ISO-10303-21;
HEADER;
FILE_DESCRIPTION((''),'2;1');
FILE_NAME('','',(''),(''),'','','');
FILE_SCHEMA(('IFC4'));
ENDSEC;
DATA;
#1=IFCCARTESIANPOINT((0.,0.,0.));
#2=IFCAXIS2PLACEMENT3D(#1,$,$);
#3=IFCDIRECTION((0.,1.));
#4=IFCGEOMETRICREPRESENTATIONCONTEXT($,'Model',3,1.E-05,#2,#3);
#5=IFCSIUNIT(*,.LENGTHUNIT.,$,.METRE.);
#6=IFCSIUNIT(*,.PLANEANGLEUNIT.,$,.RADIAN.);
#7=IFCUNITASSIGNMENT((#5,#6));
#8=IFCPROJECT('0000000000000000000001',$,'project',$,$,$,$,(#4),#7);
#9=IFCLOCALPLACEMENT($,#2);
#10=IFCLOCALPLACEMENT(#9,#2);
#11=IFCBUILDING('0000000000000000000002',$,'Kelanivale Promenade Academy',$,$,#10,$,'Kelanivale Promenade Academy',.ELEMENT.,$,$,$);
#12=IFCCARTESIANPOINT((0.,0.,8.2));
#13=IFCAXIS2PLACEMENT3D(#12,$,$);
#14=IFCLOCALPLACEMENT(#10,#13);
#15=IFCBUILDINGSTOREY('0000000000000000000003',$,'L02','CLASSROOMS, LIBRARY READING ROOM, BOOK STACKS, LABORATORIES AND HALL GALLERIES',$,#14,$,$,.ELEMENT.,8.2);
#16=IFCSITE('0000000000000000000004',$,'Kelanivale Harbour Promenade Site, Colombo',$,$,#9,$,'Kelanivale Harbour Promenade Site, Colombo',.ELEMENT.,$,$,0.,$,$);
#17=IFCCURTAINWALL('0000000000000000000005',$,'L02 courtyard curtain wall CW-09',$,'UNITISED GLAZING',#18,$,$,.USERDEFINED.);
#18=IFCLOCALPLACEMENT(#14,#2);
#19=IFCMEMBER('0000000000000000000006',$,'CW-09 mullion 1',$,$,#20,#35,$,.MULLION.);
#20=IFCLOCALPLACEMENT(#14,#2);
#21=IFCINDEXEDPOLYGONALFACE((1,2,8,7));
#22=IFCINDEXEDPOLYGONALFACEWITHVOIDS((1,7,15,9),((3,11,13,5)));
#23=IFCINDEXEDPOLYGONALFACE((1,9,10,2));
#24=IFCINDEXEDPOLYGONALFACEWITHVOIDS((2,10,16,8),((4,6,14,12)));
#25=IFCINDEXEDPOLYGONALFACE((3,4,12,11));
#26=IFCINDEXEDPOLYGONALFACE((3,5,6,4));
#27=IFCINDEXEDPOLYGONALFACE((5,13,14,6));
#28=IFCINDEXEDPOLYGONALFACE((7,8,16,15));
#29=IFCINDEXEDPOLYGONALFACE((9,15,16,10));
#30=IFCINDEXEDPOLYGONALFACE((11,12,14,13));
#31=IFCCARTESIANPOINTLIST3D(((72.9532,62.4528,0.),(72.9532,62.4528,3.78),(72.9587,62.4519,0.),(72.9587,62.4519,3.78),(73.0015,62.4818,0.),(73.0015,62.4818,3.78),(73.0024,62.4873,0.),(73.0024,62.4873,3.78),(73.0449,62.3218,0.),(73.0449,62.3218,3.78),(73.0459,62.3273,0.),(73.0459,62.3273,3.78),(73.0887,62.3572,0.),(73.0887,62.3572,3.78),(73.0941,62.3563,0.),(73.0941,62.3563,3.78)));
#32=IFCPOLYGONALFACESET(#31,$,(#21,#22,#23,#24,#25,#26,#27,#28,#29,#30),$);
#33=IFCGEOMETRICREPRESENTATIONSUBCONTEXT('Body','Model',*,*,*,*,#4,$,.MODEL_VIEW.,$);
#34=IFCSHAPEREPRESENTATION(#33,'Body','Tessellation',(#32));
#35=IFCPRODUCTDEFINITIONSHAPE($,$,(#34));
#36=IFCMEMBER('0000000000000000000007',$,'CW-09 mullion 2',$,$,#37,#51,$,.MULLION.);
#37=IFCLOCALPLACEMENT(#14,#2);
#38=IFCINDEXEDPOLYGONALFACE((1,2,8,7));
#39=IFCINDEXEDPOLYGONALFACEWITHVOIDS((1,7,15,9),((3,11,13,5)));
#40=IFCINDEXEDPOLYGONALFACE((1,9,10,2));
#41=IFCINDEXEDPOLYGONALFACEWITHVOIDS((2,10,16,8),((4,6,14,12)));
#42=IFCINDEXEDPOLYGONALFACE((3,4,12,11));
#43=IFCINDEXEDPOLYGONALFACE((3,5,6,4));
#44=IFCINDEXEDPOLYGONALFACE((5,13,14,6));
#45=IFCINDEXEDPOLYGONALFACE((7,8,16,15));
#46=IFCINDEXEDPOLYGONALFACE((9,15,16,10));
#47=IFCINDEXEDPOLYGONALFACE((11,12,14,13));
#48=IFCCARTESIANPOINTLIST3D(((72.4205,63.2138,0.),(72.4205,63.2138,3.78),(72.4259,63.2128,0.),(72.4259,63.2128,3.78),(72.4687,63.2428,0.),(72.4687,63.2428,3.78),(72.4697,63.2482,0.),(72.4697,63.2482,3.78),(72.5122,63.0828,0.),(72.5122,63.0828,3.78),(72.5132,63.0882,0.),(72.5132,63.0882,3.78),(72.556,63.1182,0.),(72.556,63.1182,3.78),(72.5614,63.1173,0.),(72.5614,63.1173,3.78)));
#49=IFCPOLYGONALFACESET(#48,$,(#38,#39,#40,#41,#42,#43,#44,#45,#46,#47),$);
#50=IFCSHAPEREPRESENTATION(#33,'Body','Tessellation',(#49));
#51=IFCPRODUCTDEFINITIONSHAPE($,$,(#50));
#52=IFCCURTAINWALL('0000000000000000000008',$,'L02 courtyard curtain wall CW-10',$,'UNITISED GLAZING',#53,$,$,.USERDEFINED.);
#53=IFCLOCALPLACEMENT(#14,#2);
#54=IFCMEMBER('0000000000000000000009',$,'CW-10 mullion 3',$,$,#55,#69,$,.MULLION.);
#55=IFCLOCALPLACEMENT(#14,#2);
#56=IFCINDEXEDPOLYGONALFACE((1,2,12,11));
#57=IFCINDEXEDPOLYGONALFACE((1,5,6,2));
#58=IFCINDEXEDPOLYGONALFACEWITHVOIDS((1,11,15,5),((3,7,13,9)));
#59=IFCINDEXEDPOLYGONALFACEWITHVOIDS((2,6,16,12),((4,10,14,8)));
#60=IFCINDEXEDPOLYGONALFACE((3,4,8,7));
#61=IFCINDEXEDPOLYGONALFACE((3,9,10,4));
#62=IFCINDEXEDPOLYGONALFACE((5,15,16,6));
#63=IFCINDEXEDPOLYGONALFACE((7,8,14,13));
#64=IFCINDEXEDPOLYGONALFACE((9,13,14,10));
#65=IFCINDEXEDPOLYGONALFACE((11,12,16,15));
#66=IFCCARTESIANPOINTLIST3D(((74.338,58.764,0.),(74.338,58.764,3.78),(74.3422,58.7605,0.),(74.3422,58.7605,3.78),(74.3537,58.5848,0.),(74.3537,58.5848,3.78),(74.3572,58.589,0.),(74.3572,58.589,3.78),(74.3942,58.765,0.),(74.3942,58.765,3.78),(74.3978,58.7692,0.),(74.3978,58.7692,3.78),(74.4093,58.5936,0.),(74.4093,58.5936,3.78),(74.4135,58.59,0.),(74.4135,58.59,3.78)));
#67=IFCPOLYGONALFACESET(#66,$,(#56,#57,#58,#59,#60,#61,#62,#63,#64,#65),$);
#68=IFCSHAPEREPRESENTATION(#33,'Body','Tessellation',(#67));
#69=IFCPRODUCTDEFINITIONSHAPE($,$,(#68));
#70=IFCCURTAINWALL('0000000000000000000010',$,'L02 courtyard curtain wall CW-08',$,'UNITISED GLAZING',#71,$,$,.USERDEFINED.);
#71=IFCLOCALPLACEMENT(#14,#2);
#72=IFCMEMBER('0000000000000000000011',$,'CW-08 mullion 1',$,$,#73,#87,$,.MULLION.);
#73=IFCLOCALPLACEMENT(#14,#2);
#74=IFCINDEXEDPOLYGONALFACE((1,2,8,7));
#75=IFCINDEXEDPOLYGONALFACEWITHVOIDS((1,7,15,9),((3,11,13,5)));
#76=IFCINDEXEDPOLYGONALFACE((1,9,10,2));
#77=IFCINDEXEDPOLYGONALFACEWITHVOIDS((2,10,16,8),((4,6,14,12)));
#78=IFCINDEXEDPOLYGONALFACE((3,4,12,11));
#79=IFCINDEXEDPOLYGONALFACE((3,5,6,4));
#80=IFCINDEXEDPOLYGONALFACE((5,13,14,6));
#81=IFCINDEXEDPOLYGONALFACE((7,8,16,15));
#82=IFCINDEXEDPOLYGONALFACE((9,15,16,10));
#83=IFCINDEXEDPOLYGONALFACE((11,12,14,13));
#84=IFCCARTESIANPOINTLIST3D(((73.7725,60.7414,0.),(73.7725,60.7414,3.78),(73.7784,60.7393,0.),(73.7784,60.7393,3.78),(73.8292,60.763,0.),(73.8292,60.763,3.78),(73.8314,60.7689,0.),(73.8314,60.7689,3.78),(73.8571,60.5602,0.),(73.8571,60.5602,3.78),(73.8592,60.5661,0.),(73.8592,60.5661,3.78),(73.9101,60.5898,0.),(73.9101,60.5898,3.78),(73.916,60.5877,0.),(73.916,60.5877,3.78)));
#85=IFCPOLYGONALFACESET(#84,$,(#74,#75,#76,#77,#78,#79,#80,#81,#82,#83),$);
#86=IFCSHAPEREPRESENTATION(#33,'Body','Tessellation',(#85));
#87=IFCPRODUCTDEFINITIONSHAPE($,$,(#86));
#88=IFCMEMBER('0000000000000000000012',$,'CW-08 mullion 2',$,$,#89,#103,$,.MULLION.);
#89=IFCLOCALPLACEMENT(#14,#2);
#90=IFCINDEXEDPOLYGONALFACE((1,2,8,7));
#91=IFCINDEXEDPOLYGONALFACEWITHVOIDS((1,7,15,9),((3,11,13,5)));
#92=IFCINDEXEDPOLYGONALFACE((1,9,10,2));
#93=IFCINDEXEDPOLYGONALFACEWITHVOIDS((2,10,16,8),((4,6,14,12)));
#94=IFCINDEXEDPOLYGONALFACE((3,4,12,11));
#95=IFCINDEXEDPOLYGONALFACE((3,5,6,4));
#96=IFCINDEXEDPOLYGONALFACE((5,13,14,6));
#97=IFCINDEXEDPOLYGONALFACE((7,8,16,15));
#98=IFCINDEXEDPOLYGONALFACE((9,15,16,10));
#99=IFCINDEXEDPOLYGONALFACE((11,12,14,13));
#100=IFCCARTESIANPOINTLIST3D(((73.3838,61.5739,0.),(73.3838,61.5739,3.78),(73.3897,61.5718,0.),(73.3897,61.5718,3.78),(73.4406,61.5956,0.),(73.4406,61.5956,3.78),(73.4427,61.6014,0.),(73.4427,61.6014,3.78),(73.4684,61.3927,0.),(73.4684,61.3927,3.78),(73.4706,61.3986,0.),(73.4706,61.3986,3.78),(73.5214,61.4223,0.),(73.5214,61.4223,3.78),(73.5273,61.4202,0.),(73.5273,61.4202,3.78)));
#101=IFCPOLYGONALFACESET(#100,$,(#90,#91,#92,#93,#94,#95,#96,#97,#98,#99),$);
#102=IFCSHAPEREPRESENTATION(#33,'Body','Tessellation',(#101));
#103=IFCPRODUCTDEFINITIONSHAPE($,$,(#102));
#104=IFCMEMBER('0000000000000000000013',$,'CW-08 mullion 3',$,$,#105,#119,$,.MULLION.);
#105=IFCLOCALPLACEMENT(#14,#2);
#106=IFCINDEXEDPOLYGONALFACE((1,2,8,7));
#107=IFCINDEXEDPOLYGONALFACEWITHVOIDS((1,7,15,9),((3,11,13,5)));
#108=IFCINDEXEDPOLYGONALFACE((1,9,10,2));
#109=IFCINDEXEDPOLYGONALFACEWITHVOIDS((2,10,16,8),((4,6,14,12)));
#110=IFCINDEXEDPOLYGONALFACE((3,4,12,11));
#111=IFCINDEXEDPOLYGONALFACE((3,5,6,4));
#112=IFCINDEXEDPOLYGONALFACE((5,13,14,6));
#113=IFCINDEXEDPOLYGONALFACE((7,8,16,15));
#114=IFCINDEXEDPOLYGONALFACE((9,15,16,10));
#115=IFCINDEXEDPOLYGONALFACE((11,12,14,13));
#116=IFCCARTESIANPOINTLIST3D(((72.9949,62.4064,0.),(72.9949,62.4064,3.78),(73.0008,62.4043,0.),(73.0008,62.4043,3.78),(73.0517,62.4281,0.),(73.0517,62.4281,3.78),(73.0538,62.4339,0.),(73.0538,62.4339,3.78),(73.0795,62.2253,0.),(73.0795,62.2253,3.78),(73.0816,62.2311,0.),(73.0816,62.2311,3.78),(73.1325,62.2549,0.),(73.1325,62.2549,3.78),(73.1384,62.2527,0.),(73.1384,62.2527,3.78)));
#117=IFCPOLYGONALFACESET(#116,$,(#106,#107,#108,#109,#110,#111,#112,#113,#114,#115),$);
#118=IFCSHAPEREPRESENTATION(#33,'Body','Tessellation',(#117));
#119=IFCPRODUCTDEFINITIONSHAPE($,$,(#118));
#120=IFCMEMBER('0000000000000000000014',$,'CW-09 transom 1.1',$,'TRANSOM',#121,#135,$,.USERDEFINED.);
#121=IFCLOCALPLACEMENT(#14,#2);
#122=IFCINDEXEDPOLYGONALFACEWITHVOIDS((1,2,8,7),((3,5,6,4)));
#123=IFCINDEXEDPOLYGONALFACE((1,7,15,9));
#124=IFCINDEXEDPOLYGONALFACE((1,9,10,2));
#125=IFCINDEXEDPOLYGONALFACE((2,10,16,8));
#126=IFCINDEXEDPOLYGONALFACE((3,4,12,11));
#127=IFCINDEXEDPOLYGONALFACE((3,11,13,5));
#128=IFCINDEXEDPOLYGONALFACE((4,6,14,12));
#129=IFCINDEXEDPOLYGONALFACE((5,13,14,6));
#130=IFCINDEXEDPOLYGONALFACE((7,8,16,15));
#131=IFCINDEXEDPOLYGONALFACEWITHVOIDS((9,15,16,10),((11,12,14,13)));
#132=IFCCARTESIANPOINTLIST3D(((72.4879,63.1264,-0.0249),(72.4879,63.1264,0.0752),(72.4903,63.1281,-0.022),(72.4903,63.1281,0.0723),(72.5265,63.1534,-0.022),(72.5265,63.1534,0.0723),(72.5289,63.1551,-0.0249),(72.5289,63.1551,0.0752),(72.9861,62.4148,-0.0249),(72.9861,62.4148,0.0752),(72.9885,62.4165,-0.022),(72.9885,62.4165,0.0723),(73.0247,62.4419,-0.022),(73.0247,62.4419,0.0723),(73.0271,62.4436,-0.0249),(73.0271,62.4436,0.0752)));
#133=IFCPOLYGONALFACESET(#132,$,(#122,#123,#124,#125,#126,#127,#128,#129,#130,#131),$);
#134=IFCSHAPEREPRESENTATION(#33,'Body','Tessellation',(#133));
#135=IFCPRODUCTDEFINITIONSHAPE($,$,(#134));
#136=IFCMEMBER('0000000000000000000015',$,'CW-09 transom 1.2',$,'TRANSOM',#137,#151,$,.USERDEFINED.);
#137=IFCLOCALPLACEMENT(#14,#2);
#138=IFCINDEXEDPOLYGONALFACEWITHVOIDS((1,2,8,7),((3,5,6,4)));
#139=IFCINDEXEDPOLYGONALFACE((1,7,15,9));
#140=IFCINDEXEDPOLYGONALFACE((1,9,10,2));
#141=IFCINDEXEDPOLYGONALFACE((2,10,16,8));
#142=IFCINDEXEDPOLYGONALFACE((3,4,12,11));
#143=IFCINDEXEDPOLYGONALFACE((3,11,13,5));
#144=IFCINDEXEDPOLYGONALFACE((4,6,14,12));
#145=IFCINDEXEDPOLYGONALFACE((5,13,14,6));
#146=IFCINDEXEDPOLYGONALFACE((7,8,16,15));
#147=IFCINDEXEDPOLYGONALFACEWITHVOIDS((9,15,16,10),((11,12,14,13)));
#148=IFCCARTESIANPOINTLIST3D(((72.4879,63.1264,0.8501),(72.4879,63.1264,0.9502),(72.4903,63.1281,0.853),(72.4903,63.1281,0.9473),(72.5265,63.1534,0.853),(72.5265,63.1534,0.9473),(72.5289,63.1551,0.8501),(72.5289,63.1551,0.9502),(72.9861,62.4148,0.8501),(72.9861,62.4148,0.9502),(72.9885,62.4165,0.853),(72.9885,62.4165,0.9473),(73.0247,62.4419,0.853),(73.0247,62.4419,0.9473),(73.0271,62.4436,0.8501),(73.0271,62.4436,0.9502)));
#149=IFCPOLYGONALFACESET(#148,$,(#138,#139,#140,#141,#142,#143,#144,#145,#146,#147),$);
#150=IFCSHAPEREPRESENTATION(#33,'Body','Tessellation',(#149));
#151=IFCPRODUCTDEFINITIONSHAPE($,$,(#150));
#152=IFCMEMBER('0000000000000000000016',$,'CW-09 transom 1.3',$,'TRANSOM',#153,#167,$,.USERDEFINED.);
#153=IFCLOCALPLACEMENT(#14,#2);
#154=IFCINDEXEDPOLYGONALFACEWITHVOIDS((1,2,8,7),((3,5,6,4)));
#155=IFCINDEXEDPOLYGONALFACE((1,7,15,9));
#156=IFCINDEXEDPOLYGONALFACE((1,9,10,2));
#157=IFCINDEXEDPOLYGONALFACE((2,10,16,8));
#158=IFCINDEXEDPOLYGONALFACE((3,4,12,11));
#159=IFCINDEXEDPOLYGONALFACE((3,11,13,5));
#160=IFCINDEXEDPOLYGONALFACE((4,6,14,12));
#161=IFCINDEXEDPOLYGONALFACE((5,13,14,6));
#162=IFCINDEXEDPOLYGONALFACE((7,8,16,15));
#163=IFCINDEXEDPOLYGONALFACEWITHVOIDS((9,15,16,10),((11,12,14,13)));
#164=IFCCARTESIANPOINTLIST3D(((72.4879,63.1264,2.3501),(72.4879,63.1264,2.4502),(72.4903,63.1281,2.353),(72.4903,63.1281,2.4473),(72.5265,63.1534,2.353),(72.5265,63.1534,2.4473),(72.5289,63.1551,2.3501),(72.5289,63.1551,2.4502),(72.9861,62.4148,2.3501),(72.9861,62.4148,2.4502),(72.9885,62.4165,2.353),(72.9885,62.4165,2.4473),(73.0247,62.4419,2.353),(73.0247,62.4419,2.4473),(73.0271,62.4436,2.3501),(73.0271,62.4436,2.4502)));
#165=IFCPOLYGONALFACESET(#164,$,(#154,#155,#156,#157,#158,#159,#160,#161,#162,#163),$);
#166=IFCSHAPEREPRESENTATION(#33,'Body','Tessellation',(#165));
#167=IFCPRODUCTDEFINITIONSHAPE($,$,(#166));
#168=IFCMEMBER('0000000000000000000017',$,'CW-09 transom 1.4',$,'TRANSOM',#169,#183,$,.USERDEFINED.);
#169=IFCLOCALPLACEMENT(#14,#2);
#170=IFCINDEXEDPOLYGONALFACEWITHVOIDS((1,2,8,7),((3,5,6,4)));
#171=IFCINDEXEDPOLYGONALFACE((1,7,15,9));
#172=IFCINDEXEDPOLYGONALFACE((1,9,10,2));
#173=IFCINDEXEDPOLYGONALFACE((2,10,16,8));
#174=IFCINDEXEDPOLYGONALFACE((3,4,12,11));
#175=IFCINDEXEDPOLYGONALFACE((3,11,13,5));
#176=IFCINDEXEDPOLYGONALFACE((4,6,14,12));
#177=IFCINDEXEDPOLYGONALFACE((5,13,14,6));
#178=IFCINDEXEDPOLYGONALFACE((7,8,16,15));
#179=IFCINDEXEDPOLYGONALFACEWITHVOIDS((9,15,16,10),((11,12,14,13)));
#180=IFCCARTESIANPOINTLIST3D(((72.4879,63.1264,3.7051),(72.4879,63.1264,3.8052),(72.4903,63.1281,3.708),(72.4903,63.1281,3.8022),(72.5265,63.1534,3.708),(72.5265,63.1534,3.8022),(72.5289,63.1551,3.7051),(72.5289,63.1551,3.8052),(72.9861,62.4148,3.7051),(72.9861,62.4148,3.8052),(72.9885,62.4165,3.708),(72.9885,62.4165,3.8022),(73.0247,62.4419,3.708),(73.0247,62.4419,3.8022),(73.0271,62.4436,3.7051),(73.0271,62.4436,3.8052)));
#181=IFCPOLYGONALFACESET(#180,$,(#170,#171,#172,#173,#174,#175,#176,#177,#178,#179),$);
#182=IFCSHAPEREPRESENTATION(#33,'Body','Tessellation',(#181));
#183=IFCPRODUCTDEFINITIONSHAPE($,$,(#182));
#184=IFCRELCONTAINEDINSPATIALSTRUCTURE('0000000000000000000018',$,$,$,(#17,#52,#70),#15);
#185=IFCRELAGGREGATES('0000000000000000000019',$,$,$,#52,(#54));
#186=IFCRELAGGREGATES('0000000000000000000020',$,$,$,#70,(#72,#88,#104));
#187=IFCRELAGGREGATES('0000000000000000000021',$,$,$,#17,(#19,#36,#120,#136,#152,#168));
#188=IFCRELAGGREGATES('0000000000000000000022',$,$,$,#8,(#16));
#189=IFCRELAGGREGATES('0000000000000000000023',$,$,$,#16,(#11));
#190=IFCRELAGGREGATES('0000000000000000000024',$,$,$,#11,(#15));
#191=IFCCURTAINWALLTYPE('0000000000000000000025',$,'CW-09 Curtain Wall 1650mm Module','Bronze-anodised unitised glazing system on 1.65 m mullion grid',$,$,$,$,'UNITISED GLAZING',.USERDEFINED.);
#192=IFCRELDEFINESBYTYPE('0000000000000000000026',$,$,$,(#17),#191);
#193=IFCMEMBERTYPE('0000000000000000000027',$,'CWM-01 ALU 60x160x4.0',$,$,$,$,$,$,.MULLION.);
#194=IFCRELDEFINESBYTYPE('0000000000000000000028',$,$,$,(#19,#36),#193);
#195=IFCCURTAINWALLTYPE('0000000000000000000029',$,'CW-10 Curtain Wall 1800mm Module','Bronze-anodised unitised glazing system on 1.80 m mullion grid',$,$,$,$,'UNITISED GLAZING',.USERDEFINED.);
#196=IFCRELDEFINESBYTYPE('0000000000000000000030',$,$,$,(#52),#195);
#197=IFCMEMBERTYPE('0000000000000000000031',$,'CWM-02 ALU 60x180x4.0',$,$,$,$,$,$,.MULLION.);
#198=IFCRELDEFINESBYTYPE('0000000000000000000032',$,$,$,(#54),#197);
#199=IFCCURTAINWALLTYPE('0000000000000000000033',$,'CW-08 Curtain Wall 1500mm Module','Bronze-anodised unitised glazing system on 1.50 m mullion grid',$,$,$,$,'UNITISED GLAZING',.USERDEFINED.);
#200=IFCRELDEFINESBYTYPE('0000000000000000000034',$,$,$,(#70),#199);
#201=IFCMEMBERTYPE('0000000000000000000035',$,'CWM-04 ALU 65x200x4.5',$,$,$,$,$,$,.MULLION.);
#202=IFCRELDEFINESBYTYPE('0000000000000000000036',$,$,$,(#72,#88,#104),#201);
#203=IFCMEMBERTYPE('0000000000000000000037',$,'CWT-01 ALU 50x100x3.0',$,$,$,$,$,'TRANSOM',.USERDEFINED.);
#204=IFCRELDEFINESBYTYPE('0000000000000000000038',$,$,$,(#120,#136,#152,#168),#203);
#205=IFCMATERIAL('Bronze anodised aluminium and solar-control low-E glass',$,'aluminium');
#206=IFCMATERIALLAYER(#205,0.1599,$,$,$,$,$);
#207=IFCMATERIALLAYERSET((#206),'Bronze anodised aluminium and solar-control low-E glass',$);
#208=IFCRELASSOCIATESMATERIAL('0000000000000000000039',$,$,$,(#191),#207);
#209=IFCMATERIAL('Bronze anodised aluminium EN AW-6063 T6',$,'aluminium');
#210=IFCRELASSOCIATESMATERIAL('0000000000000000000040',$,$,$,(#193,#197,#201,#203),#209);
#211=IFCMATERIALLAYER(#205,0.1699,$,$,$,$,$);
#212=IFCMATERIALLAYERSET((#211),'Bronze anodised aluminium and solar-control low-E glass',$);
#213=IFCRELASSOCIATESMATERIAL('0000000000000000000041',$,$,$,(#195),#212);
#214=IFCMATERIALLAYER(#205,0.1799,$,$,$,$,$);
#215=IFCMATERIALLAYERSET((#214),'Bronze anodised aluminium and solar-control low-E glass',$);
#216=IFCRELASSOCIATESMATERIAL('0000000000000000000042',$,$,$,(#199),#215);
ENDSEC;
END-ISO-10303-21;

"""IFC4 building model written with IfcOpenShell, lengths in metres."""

from ifc_helpers import new_model, si_unit, direction, frame, origin, origin_2d, place, context, subcontext, project, spatial, hollow_rectangle, extrude, material, layer, layer_set, material_profile, profile_set, type_object, element, aggregate, save


model = new_model("IFC4")

# Units and contexts
model_context = context("Model", 3, precision=1e-05, world=origin(), true_north=direction((0.0, 1.0)))
body_context = subcontext(model_context, "Body", "Model", "MODEL_VIEW")
ifc_project = project(units=[si_unit("LENGTHUNIT", "METRE"), si_unit("PLANEANGLEUNIT", "RADIAN")], contexts=[model_context])

# Site, building, storey
site_placement = place(None, origin())
site = spatial("IfcSite", under=ifc_project, at=site_placement, Name="Kelanivale Harbour Promenade Site, Colombo", LongName="Kelanivale Harbour Promenade Site, Colombo", CompositionType="ELEMENT", RefElevation=0.0)
building_placement = place(site_placement, origin())
building = spatial("IfcBuilding", under=site, at=building_placement, Name="Kelanivale Promenade Academy", LongName="Kelanivale Promenade Academy", CompositionType="ELEMENT")
storey_placement = place(building_placement, frame((0.0, 0.0, 8.2)))
storey = spatial("IfcBuildingStorey", under=building, at=storey_placement, Name="L02", Description="CLASSROOMS, LIBRARY READING ROOM, BOOK STACKS, LABORATORIES AND HALL GALLERIES", CompositionType="ELEMENT", Elevation=8.2)

# Curtain wall, members
ifc_material_1 = material(Name="Bronze anodised aluminium and solar-control low-E glass", Category="aluminium")
ifc_layer_1 = layer(ifc_material_1, 0.1599)
ifc_layer_set_1 = layer_set([ifc_layer_1], Name="Bronze anodised aluminium and solar-control low-E glass")
curtain_wall_type_1 = type_object("IfcCurtainWallType", Name="CW-09 Curtain Wall 1650mm Module", Description="Bronze-anodised unitised glazing system on 1.65 m mullion grid", ElementType="UNITISED GLAZING", PredefinedType="USERDEFINED", material=ifc_layer_set_1)
curtain_wall_1_placement = place(storey_placement, origin())
curtain_wall_1 = element("IfcCurtainWall", 1, at=curtain_wall_1_placement, inside=storey, type_object=curtain_wall_type_1, Name="L02 courtyard curtain wall CW-09", ObjectType="UNITISED GLAZING", PredefinedType="USERDEFINED")
ifc_material_2 = material(Name="Bronze anodised aluminium EN AW-6063 T6", Category="aluminium")
ifc_material_profile_1 = material_profile(ifc_material_2, hollow_rectangle(XDim=0.0601, YDim=0.1599, WallThickness=0.0039, at=origin_2d()), Name="ALU 60x160x4.0")
ifc_profile_set_1 = profile_set([ifc_material_profile_1], Name="Bronze anodised aluminium EN AW-6063 T6")
member_type_1 = type_object("IfcMemberType", Name="CWM-01 ALU 60x160x4.0", PredefinedType="MULLION", material=ifc_profile_set_1)
member_1_placement = place(storey_placement, frame((73.0237, 62.4045, 0.0), z_axis=(0.0, 0.0, 1.0), x_axis=(-0.819158, -0.573567, 0.0)))
member_1 = element("IfcMember", 2, at=member_1_placement, type_object=member_type_1, Name="CW-09 mullion 1", PredefinedType="MULLION", context=body_context, shape_type="SweptSolid", body=[
    extrude(hollow_rectangle(XDim=0.0601, YDim=0.1599, WallThickness=0.0039, at=origin_2d()), origin(), (0.0, 0.0, 1.0), 3.78),
])
member_2_placement = place(storey_placement, frame((72.491, 63.1655, 0.0), z_axis=(0.0, 0.0, 1.0), x_axis=(-0.819158, -0.573567, 0.0)))
member_2 = element("IfcMember", 3, at=member_2_placement, type_object=member_type_1, Name="CW-09 mullion 2", PredefinedType="MULLION", context=body_context, shape_type="SweptSolid", body=[
    extrude(hollow_rectangle(XDim=0.0601, YDim=0.1599, WallThickness=0.0039, at=origin_2d()), origin(), (0.0, 0.0, 1.0), 3.78),
])

# Curtain wall, member
ifc_layer_2 = layer(ifc_material_1, 0.1699)
ifc_layer_set_2 = layer_set([ifc_layer_2], Name="Bronze anodised aluminium and solar-control low-E glass")
curtain_wall_type_2 = type_object("IfcCurtainWallType", Name="CW-10 Curtain Wall 1800mm Module", Description="Bronze-anodised unitised glazing system on 1.80 m mullion grid", ElementType="UNITISED GLAZING", PredefinedType="USERDEFINED", material=ifc_layer_set_2)
curtain_wall_2_placement = place(storey_placement, origin())
curtain_wall_2 = element("IfcCurtainWall", 4, at=curtain_wall_2_placement, inside=storey, type_object=curtain_wall_type_2, Name="L02 courtyard curtain wall CW-10", ObjectType="UNITISED GLAZING", PredefinedType="USERDEFINED")
ifc_material_profile_2 = material_profile(ifc_material_2, hollow_rectangle(XDim=0.0601, YDim=0.1799, WallThickness=0.0039, at=origin_2d()), Name="ALU 60x180x4.0")
ifc_profile_set_2 = profile_set([ifc_material_profile_2], Name="Bronze anodised aluminium EN AW-6063 T6")
member_type_2 = type_object("IfcMemberType", Name="CWM-02 ALU 60x180x4.0", PredefinedType="MULLION", material=ifc_profile_set_2)
member_3_placement = place(storey_placement, frame((74.3757, 58.677, 0.0), z_axis=(0.0, 0.0, 1.0), x_axis=(-0.996185, -0.087265, 0.0)))
member_3 = element("IfcMember", 5, at=member_3_placement, type_object=member_type_2, Name="CW-10 mullion 3", PredefinedType="MULLION", context=body_context, shape_type="SweptSolid", body=[
    extrude(hollow_rectangle(XDim=0.0601, YDim=0.1799, WallThickness=0.0039, at=origin_2d()), origin(), (0.0, 0.0, 1.0), 3.78),
])
aggregate(curtain_wall_2, [member_3])

# Curtain wall, members
ifc_layer_3 = layer(ifc_material_1, 0.1799)
ifc_layer_set_3 = layer_set([ifc_layer_3], Name="Bronze anodised aluminium and solar-control low-E glass")
curtain_wall_type_3 = type_object("IfcCurtainWallType", Name="CW-08 Curtain Wall 1500mm Module", Description="Bronze-anodised unitised glazing system on 1.50 m mullion grid", ElementType="UNITISED GLAZING", PredefinedType="USERDEFINED", material=ifc_layer_set_3)
curtain_wall_3_placement = place(storey_placement, origin())
curtain_wall_3 = element("IfcCurtainWall", 6, at=curtain_wall_3_placement, inside=storey, type_object=curtain_wall_type_3, Name="L02 courtyard curtain wall CW-08", ObjectType="UNITISED GLAZING", PredefinedType="USERDEFINED")
ifc_material_profile_3 = material_profile(ifc_material_2, hollow_rectangle(XDim=0.0649, YDim=0.2, WallThickness=0.0044, at=origin_2d()), Name="ALU 65x200x4.5")
ifc_profile_set_3 = profile_set([ifc_material_profile_3], Name="Bronze anodised aluminium EN AW-6063 T6")
member_type_3 = type_object("IfcMemberType", Name="CWM-04 ALU 65x200x4.5", PredefinedType="MULLION", material=ifc_profile_set_3)
member_4_placement = place(storey_placement, frame((73.8442, 60.6646, 0.0), z_axis=(0.0, 0.0, 1.0), x_axis=(-0.906089, -0.423087, 0.0)))
member_4 = element("IfcMember", 7, at=member_4_placement, type_object=member_type_3, Name="CW-08 mullion 1", PredefinedType="MULLION", context=body_context, shape_type="SweptSolid", body=[
    extrude(hollow_rectangle(XDim=0.0649, YDim=0.2, WallThickness=0.0044, at=origin_2d()), origin(), (0.0, 0.0, 1.0), 3.78),
])
member_5_placement = place(storey_placement, frame((73.4556, 61.4971, 0.0), z_axis=(0.0, 0.0, 1.0), x_axis=(-0.906089, -0.423087, 0.0)))
member_5 = element("IfcMember", 8, at=member_5_placement, type_object=member_type_3, Name="CW-08 mullion 2", PredefinedType="MULLION", context=body_context, shape_type="SweptSolid", body=[
    extrude(hollow_rectangle(XDim=0.0649, YDim=0.2, WallThickness=0.0044, at=origin_2d()), origin(), (0.0, 0.0, 1.0), 3.78),
])
member_6_placement = place(storey_placement, frame((73.0667, 62.3296, 0.0), z_axis=(0.0, 0.0, 1.0), x_axis=(-0.906089, -0.423087, 0.0)))
member_6 = element("IfcMember", 9, at=member_6_placement, type_object=member_type_3, Name="CW-08 mullion 3", PredefinedType="MULLION", context=body_context, shape_type="SweptSolid", body=[
    extrude(hollow_rectangle(XDim=0.0649, YDim=0.2, WallThickness=0.0044, at=origin_2d()), origin(), (0.0, 0.0, 1.0), 3.78),
])

# Members
ifc_material_profile_4 = material_profile(ifc_material_2, hollow_rectangle(XDim=0.05, YDim=0.1001, WallThickness=0.0029, at=origin_2d()), Name="ALU 50x100x3.0")
ifc_profile_set_4 = profile_set([ifc_material_profile_4], Name="Bronze anodised aluminium EN AW-6063 T6")
member_type_4 = type_object("IfcMemberType", Name="CWT-01 ALU 50x100x3.0", ElementType="TRANSOM", PredefinedType="USERDEFINED", material=ifc_profile_set_4)
member_7_placement = place(storey_placement, frame((73.0066, 62.4292, 0.0251), z_axis=(-0.573557, 0.819166, 0.0), x_axis=(-0.819166, -0.573557, 0.0)))
member_7 = element("IfcMember", 10, at=member_7_placement, type_object=member_type_4, Name="CW-09 transom 1.1", ObjectType="TRANSOM", PredefinedType="USERDEFINED", context=body_context, shape_type="SweptSolid", body=[
    extrude(hollow_rectangle(XDim=0.05, YDim=0.1001, WallThickness=0.0029, at=origin_2d()), origin(), (0.0, 0.0, 1.0), 0.8687),
])
member_8_placement = place(storey_placement, frame((73.0066, 62.4292, 0.9001), z_axis=(-0.573557, 0.819166, 0.0), x_axis=(-0.819166, -0.573557, 0.0)))
member_8 = element("IfcMember", 11, at=member_8_placement, type_object=member_type_4, Name="CW-09 transom 1.2", ObjectType="TRANSOM", PredefinedType="USERDEFINED", context=body_context, shape_type="SweptSolid", body=[
    extrude(hollow_rectangle(XDim=0.05, YDim=0.1001, WallThickness=0.0029, at=origin_2d()), origin(), (0.0, 0.0, 1.0), 0.8687),
])
member_9_placement = place(storey_placement, frame((73.0066, 62.4292, 2.4001), z_axis=(-0.573557, 0.819166, 0.0), x_axis=(-0.819166, -0.573557, 0.0)))
member_9 = element("IfcMember", 12, at=member_9_placement, type_object=member_type_4, Name="CW-09 transom 1.3", ObjectType="TRANSOM", PredefinedType="USERDEFINED", context=body_context, shape_type="SweptSolid", body=[
    extrude(hollow_rectangle(XDim=0.05, YDim=0.1001, WallThickness=0.0029, at=origin_2d()), origin(), (0.0, 0.0, 1.0), 0.8687),
])
member_10_placement = place(storey_placement, frame((73.0066, 62.4292, 3.7551), z_axis=(-0.573557, 0.819166, 0.0), x_axis=(-0.819166, -0.573557, 0.0)))
member_10 = element("IfcMember", 13, at=member_10_placement, type_object=member_type_4, Name="CW-09 transom 1.4", ObjectType="TRANSOM", PredefinedType="USERDEFINED", context=body_context, shape_type="SweptSolid", body=[
    extrude(hollow_rectangle(XDim=0.05, YDim=0.1001, WallThickness=0.0029, at=origin_2d()), origin(), (0.0, 0.0, 1.0), 0.8687),
])

aggregate(curtain_wall_3, [member_4, member_5, member_6])
aggregate(curtain_wall_1, [member_1, member_2, member_7, member_8, member_9, member_10])

save(model, "model.ifc")
